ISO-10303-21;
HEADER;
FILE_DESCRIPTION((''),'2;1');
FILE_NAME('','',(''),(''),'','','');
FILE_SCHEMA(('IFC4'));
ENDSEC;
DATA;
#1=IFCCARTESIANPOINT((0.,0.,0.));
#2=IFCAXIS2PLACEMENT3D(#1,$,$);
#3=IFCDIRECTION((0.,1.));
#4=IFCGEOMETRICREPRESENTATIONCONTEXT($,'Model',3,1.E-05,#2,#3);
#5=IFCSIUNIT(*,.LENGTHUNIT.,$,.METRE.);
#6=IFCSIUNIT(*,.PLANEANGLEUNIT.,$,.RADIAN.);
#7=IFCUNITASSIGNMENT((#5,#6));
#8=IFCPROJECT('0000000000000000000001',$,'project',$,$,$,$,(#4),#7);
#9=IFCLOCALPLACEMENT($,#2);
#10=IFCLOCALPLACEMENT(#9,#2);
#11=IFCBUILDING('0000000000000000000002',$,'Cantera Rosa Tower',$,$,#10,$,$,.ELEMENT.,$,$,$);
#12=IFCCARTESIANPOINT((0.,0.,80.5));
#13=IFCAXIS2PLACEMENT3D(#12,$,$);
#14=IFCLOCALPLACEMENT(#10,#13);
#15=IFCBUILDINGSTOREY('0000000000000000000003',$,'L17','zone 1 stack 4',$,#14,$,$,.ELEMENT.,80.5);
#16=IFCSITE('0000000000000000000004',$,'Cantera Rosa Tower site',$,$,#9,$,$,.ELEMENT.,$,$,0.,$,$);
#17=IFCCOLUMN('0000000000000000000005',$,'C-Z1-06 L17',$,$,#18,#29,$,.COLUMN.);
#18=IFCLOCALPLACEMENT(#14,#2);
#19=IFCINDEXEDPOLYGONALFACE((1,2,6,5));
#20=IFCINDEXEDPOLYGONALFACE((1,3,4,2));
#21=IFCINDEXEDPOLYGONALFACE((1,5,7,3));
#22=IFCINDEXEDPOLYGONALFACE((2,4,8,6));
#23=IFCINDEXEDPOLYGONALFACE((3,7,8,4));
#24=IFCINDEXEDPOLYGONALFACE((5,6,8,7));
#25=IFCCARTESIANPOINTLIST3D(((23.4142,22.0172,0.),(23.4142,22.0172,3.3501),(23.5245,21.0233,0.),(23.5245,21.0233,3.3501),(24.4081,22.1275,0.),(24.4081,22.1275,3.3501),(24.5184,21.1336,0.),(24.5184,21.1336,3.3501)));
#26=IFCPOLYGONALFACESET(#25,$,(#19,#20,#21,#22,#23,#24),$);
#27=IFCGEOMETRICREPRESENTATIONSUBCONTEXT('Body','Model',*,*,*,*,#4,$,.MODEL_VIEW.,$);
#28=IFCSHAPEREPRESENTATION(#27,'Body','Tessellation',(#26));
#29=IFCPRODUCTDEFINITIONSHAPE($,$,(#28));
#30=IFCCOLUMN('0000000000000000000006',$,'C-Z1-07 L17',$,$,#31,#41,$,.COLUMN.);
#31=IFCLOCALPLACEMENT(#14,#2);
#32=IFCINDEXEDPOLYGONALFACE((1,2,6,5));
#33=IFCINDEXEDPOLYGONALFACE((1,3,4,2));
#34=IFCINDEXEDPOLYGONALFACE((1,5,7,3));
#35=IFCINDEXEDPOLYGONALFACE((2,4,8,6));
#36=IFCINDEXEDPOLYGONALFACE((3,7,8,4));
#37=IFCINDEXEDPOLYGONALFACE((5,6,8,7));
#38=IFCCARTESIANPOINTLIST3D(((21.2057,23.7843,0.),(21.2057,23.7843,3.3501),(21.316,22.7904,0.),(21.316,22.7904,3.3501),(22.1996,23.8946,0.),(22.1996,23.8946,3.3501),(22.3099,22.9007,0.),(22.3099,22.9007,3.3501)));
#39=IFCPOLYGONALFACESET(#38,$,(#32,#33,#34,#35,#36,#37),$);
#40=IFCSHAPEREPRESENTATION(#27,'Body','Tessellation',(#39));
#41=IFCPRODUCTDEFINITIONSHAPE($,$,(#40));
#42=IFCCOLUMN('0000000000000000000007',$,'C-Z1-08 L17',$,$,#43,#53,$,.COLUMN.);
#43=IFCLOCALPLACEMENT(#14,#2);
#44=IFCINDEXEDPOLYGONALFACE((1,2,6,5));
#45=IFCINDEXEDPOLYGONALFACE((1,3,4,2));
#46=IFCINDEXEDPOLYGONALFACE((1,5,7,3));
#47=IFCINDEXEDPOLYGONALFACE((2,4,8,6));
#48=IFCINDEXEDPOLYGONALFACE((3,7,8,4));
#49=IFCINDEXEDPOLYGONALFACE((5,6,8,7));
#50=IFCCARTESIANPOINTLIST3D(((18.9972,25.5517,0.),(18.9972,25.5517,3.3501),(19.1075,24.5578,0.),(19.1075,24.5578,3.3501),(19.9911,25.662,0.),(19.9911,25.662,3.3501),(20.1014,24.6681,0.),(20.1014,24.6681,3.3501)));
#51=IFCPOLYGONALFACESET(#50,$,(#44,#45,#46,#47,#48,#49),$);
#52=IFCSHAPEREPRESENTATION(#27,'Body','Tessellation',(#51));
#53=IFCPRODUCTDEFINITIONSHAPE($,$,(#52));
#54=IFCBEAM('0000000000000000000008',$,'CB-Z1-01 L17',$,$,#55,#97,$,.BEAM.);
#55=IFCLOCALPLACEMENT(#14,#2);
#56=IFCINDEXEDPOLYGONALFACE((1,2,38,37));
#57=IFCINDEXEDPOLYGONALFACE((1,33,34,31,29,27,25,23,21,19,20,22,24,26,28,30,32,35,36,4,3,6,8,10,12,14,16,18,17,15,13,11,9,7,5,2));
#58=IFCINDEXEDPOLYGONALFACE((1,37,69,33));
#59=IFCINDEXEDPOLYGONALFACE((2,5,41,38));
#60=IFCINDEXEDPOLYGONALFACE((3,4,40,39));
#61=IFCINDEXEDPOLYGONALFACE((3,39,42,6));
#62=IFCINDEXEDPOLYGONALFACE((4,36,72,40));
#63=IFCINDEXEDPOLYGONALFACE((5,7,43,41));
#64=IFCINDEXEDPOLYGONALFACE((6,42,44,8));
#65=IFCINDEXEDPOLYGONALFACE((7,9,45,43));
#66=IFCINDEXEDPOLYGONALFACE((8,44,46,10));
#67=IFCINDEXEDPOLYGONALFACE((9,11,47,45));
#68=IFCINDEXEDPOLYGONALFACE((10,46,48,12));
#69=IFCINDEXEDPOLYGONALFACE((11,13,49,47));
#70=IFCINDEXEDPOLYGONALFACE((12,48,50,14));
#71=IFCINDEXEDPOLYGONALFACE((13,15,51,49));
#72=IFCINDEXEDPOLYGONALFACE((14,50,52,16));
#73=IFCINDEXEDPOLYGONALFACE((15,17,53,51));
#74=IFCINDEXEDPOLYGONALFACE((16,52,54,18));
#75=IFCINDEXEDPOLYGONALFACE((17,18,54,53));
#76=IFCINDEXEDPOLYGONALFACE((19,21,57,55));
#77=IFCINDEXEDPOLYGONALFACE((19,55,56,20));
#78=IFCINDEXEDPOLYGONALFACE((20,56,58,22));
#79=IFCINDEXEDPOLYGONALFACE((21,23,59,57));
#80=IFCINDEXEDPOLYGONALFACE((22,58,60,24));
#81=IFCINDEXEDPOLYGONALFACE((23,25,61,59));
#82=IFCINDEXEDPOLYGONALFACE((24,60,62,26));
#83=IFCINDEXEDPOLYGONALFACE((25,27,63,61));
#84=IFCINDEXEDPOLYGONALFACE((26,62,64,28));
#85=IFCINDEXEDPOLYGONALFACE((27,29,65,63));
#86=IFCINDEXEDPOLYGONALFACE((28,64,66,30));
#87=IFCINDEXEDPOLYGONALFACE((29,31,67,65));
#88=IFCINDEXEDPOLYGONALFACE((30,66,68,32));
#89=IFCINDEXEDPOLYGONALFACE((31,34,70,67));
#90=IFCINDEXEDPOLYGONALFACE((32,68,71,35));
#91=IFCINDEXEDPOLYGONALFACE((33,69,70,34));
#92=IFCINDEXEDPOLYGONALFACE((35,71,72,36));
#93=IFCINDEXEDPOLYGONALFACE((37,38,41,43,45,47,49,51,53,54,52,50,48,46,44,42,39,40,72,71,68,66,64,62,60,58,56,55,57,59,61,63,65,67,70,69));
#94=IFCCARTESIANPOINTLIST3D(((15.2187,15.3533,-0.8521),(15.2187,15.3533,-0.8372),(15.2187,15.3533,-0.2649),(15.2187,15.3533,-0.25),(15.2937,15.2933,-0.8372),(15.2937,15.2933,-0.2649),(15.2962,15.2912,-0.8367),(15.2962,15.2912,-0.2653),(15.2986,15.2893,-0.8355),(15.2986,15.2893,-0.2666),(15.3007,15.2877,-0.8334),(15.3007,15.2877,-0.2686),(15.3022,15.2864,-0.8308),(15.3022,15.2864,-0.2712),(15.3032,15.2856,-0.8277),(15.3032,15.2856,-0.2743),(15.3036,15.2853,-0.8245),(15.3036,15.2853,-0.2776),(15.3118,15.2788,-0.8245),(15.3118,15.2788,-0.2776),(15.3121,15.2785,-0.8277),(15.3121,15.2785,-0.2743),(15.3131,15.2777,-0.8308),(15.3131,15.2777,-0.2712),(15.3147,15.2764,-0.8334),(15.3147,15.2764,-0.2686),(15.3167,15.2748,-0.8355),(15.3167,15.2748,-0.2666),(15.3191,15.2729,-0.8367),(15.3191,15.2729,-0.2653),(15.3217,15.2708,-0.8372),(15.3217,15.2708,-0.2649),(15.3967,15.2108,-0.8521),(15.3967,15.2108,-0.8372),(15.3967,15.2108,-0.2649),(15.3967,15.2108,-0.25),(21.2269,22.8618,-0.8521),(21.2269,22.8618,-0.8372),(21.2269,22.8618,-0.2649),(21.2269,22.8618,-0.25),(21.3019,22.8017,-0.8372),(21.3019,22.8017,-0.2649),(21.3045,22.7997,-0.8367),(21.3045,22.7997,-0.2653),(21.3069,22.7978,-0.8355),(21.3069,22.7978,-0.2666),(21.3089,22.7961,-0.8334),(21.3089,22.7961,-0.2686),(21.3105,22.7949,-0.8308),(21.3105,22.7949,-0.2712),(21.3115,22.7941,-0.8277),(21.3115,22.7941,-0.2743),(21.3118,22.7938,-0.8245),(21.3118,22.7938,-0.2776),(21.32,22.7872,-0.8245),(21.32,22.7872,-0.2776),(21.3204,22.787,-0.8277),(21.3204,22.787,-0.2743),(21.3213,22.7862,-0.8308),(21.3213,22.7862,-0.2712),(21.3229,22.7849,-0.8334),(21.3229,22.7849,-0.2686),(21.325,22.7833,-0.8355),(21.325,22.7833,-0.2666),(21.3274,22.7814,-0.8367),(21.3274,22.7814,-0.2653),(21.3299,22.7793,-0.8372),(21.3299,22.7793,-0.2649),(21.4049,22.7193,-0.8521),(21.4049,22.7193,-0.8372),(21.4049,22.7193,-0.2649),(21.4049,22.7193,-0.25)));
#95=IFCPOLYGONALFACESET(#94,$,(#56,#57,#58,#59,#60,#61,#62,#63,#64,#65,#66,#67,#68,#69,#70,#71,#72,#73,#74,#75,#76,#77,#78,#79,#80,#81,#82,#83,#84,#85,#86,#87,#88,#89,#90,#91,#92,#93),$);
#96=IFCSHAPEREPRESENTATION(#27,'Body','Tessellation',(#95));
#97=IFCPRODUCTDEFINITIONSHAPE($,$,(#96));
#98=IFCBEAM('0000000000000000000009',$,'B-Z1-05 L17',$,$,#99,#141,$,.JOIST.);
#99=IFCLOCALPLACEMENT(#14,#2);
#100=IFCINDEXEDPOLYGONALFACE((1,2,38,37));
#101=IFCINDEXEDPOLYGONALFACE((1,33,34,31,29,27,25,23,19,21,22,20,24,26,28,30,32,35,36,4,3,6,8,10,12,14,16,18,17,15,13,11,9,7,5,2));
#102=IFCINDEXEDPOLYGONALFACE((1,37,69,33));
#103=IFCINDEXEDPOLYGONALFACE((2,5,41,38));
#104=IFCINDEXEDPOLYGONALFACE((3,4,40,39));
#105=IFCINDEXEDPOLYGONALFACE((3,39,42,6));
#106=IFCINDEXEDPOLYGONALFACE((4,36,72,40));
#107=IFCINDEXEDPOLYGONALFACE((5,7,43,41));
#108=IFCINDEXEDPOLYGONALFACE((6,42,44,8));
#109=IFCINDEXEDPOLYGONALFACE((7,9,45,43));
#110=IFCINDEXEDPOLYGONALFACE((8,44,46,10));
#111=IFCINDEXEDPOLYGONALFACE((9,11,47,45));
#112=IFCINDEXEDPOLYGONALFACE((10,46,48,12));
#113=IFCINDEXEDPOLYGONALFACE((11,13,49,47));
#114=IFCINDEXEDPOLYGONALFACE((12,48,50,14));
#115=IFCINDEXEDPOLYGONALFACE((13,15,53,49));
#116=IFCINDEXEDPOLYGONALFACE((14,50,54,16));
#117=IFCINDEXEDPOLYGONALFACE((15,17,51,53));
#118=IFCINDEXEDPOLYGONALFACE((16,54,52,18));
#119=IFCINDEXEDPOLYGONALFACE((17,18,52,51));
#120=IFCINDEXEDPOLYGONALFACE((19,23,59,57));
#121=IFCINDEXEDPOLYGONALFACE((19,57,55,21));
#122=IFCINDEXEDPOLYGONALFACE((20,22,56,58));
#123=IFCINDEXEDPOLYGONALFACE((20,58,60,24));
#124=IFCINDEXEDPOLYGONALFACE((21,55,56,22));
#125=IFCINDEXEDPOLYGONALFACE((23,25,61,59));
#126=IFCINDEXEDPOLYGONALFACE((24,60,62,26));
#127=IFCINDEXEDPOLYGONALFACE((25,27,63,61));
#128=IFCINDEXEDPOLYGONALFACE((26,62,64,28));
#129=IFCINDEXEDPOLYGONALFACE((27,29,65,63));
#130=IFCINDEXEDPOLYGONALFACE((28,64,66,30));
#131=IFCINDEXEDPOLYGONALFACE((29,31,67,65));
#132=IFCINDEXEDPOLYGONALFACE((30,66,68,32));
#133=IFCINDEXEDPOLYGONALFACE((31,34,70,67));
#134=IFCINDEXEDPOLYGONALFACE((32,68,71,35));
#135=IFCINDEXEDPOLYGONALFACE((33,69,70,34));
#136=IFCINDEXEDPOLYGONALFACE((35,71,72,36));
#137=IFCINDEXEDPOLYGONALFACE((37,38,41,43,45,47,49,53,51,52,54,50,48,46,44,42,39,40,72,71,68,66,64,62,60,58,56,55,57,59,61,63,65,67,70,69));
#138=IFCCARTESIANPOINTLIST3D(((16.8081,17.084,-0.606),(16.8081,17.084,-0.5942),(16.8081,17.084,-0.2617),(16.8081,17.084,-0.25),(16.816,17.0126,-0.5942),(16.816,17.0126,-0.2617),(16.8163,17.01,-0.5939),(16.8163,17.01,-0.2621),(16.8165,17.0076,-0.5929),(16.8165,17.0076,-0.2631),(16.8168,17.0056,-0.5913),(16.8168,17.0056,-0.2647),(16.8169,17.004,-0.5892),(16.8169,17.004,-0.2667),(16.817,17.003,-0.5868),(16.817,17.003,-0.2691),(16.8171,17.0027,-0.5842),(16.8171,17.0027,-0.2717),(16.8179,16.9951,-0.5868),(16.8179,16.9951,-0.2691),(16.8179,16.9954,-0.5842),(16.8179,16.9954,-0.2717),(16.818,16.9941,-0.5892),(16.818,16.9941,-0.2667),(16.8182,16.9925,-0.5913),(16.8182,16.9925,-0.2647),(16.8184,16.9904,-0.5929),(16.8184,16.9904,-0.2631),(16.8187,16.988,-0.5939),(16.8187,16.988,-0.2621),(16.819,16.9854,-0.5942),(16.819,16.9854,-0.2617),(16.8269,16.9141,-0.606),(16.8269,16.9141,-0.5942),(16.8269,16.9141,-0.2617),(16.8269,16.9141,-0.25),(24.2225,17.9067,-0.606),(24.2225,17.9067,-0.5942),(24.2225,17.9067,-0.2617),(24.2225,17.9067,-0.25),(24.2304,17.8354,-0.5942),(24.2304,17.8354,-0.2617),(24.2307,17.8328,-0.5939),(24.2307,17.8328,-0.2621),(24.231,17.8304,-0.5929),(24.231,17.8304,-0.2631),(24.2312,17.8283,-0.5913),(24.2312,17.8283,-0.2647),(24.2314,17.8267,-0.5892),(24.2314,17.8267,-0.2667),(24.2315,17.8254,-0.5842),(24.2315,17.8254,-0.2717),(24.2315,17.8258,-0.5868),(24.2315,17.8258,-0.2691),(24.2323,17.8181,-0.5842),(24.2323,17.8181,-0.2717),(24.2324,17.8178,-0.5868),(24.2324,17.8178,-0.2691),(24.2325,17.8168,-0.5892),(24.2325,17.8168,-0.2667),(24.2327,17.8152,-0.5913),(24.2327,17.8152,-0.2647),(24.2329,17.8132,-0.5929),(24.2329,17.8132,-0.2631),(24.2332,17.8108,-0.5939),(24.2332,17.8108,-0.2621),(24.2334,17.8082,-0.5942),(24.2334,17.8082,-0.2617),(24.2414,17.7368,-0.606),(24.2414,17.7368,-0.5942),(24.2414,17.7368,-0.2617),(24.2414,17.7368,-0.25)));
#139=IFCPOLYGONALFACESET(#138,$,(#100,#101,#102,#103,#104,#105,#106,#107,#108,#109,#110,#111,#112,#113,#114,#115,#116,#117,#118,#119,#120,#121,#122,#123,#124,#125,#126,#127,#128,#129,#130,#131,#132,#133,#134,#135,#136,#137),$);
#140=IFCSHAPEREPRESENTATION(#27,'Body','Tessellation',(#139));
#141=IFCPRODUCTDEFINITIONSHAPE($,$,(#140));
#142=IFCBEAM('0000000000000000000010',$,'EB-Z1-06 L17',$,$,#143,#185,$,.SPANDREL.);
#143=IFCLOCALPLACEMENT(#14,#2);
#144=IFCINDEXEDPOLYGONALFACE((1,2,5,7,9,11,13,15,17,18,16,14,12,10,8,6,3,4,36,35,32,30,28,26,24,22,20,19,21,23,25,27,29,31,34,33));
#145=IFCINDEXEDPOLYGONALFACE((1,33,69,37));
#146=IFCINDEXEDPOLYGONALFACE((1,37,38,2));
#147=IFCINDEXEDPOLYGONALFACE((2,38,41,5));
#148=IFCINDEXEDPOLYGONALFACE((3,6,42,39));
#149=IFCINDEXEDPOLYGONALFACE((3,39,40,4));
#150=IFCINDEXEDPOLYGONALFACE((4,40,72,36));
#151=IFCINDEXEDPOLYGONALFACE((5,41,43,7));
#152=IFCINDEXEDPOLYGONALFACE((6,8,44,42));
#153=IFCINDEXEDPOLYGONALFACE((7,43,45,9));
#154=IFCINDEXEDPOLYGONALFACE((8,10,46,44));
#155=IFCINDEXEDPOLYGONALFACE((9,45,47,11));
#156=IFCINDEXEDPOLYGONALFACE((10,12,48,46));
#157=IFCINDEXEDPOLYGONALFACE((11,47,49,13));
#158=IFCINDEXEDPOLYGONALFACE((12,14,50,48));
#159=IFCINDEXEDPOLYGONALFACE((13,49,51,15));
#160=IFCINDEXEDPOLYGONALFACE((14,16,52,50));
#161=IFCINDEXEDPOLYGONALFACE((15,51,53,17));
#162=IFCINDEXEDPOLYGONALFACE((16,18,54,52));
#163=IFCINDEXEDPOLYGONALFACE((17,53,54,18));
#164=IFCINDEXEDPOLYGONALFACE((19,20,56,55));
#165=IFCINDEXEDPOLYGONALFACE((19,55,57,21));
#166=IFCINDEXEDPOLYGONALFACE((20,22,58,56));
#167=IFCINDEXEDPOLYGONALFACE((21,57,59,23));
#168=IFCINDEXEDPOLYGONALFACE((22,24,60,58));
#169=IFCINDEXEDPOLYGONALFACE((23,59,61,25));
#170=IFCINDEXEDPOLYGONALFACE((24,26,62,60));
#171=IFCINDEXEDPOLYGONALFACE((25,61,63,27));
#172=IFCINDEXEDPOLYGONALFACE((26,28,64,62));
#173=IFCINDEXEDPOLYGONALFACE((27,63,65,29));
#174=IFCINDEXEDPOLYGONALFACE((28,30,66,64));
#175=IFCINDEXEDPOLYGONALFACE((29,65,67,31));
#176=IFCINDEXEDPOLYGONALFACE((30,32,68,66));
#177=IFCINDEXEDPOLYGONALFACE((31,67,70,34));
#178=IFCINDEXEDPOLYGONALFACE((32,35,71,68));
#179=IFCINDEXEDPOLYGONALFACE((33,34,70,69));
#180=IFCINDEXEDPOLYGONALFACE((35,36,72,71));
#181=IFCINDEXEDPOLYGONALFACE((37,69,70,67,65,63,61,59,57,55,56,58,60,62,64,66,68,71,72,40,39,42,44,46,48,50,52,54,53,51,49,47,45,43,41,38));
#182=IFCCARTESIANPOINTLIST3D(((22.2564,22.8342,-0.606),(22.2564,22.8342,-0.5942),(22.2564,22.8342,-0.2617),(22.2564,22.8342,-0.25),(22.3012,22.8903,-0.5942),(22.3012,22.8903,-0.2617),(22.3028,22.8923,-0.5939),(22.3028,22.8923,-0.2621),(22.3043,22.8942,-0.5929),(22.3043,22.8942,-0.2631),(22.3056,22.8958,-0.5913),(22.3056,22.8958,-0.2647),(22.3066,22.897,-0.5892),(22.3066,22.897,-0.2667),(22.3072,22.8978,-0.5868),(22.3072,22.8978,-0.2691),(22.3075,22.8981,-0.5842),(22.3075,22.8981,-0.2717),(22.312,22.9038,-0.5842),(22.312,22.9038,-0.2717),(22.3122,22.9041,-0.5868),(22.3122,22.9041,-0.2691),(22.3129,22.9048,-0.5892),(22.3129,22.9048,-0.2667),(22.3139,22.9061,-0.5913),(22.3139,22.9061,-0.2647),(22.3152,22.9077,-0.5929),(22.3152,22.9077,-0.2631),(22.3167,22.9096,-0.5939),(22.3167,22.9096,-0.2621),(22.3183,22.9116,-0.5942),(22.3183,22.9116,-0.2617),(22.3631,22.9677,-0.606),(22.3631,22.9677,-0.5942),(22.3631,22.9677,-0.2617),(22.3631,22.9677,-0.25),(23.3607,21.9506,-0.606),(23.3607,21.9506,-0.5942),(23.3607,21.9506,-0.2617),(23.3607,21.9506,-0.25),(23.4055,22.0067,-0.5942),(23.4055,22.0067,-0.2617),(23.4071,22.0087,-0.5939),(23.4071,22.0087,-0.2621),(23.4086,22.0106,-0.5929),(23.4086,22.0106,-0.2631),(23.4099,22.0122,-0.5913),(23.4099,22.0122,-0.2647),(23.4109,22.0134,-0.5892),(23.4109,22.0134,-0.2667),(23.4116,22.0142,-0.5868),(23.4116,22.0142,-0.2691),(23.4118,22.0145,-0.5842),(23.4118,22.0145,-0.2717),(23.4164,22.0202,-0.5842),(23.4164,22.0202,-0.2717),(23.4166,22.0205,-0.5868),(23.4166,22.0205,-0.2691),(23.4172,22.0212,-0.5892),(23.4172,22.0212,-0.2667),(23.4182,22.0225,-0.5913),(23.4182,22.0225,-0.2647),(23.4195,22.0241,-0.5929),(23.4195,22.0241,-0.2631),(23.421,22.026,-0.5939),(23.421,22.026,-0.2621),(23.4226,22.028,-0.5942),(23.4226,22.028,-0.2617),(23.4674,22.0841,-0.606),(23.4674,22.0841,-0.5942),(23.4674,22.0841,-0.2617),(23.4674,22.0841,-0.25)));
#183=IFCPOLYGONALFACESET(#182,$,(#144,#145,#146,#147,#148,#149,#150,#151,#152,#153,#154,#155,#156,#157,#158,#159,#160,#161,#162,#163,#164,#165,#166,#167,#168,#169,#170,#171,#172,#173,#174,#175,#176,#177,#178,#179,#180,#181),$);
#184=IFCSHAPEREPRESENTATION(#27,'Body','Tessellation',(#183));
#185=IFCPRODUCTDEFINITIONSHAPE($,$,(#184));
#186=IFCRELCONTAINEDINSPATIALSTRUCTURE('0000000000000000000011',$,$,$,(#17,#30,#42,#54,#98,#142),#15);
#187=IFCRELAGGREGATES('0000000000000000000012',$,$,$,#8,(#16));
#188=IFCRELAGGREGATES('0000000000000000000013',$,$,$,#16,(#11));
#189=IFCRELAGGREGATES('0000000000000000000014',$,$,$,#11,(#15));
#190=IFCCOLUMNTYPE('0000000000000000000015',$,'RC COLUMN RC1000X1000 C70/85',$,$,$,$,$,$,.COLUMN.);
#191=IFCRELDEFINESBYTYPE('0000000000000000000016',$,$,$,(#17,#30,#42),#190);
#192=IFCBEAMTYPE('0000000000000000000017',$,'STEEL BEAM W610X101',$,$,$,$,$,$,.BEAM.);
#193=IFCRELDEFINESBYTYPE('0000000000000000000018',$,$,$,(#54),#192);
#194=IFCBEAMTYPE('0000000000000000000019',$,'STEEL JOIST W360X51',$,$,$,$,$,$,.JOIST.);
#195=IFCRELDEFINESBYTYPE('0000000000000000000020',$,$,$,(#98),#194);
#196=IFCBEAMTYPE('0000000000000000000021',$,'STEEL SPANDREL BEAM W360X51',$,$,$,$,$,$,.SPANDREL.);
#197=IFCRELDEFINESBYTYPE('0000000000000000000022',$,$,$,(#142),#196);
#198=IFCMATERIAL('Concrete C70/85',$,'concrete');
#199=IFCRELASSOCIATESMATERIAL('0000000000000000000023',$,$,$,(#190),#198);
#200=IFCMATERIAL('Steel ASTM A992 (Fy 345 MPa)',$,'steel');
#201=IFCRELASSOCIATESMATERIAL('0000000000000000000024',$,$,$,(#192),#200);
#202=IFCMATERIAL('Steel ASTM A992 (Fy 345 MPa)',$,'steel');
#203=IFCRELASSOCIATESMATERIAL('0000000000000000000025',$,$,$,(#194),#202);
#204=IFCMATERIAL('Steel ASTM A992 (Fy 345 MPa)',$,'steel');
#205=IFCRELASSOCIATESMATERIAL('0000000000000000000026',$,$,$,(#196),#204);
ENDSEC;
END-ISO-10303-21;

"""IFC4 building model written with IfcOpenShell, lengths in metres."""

from ifc_helpers import new_model, si_unit, direction, frame, origin, origin_2d, place, context, subcontext, project, spatial, rectangle, i_section, extrude, material, material_profile, profile_set, type_object, element, save


model = new_model("IFC4")

# Units and contexts
model_context = context("Model", 3, precision=1e-05, world=origin(), true_north=direction((0.0, 1.0)))
body_context = subcontext(model_context, "Body", "Model", "MODEL_VIEW")
ifc_project = project(units=[si_unit("LENGTHUNIT", "METRE"), si_unit("PLANEANGLEUNIT", "RADIAN")], contexts=[model_context])

# Site, building, storey
site_placement = place(None, origin())
site = spatial("IfcSite", under=ifc_project, at=site_placement, Name="Cantera Rosa Tower site", CompositionType="ELEMENT", RefElevation=0.0)
building_placement = place(site_placement, origin())
building = spatial("IfcBuilding", under=site, at=building_placement, Name="Cantera Rosa Tower", CompositionType="ELEMENT")
storey_placement = place(building_placement, frame((0.0, 0.0, 80.5)))
storey = spatial("IfcBuildingStorey", under=building, at=storey_placement, Name="L17", Description="zone 1 stack 4", CompositionType="ELEMENT", Elevation=80.5)

# Columns
ifc_material_1 = material(Name="Concrete C70/85", Category="concrete")
ifc_material_profile_1 = material_profile(ifc_material_1, rectangle(XDim=1.0, YDim=1.0, at=origin_2d()), Name="RC COLUMN RC1000X1000 C70/85")
ifc_profile_set_1 = profile_set([ifc_material_profile_1], Name="Concrete C70/85")
column_type = type_object("IfcColumnType", Name="RC COLUMN RC1000X1000 C70/85", PredefinedType="COLUMN", material=ifc_profile_set_1)
for number, where, z_axis, x_axis, name in (
    (1, (23.9663, 21.5754, 0.0), (0.0, 0.0, 1.0), (0.993897, 0.110313, 0.0), "C-Z1-06 L17"),
    (2, (21.7578, 23.3425, 0.0), (0.0, 0.0, 1.0), (0.993897, 0.110313, 0.0), "C-Z1-07 L17"),
    (3, (19.5493, 25.1099, 0.0), (0.0, 0.0, 1.0), (0.993897, 0.110313, 0.0), "C-Z1-08 L17"),
):
    element("IfcColumn", number, at=place(storey_placement, frame(where, z_axis=z_axis, x_axis=x_axis)), inside=storey, type_object=column_type, Name=name, PredefinedType="COLUMN", context=body_context, shape_type="SweptSolid", body=[
        extrude(rectangle(XDim=1.0, YDim=1.0, at=origin_2d()), origin(), (0.0, 0.0, 1.0), 3.3501),
    ])

# Beams
ifc_material_2 = material(Name="Steel ASTM A992 (Fy 345 MPa)", Category="steel")
ifc_material_profile_2 = material_profile(ifc_material_2, i_section(OverallWidth=0.228, OverallDepth=0.6021, WebThickness=0.0105, FlangeThickness=0.0149, FilletRadius=0.0127, at=origin_2d()), Name="W610X101")
ifc_profile_set_2 = profile_set([ifc_material_profile_2], Name="Steel ASTM A992 (Fy 345 MPa)")
beam_type_1 = type_object("IfcBeamType", Name="STEEL BEAM W610X101", PredefinedType="BEAM", material=ifc_profile_set_2)
beam_1_placement = place(storey_placement, frame((21.3159, 22.7905, -0.551), z_axis=(-0.624788, -0.780794, 0.0), x_axis=(0.780794, -0.624788, 0.0)))
element("IfcBeam", 4, at=beam_1_placement, inside=storey, type_object=beam_type_1, Name="CB-Z1-01 L17", PredefinedType="BEAM", context=body_context, shape_type="SweptSolid", body=[
    extrude(i_section(OverallWidth=0.228, OverallDepth=0.6021, WebThickness=0.0105, FlangeThickness=0.0149, FilletRadius=0.0127, at=origin_2d()), origin(), (0.0, 0.0, 1.0), 9.6165),
])
ifc_material_3 = material(Name="Steel ASTM A992 (Fy 345 MPa)", Category="steel")
ifc_material_profile_3 = material_profile(ifc_material_3, i_section(OverallWidth=0.1709, OverallDepth=0.356, WebThickness=0.0073, FlangeThickness=0.0117, FilletRadius=0.01, at=origin_2d()), Name="W360X51")
ifc_profile_set_3 = profile_set([ifc_material_profile_3], Name="Steel ASTM A992 (Fy 345 MPa)")
beam_type_2 = type_object("IfcBeamType", Name="STEEL JOIST W360X51", PredefinedType="JOIST", material=ifc_profile_set_3)
beam_2_placement = place(storey_placement, frame((24.2319, 17.8218, -0.428), z_axis=(-0.9939, -0.110288, 0.0), x_axis=(0.110288, -0.9939, 0.0)))
element("IfcBeam", 5, at=beam_2_placement, inside=storey, type_object=beam_type_2, Name="B-Z1-05 L17", PredefinedType="JOIST", context=body_context, shape_type="SweptSolid", body=[
    extrude(i_section(OverallWidth=0.1709, OverallDepth=0.356, WebThickness=0.0073, FlangeThickness=0.0117, FilletRadius=0.01, at=origin_2d()), origin(), (0.0, 0.0, 1.0), 7.46),
])
ifc_material_4 = material(Name="Steel ASTM A992 (Fy 345 MPa)", Category="steel")
ifc_material_profile_4 = material_profile(ifc_material_4, i_section(OverallWidth=0.1709, OverallDepth=0.356, WebThickness=0.0073, FlangeThickness=0.0117, FilletRadius=0.01, at=origin_2d()), Name="W360X51")
ifc_profile_set_4 = profile_set([ifc_material_profile_4], Name="Steel ASTM A992 (Fy 345 MPa)")
beam_type_3 = type_object("IfcBeamType", Name="STEEL SPANDREL BEAM W360X51", PredefinedType="SPANDREL", material=ifc_profile_set_4)
for number, where, z_axis, x_axis, name in (
    (6, (23.4141, 22.0173, -0.428), (-0.780818, 0.624758, 0.0), (-0.624758, -0.780818, 0.0), "EB-Z1-06 L17"),
):
    element("IfcBeam", number, at=place(storey_placement, frame(where, z_axis=z_axis, x_axis=x_axis)), inside=storey, type_object=beam_type_3, Name=name, PredefinedType="SPANDREL", context=body_context, shape_type="SweptSolid", body=[
        extrude(i_section(OverallWidth=0.1709, OverallDepth=0.356, WebThickness=0.0073, FlangeThickness=0.0117, FilletRadius=0.01, at=origin_2d()), origin(), (0.0, 0.0, 1.0), 1.4143),
    ])

save(model, "model.ifc")
